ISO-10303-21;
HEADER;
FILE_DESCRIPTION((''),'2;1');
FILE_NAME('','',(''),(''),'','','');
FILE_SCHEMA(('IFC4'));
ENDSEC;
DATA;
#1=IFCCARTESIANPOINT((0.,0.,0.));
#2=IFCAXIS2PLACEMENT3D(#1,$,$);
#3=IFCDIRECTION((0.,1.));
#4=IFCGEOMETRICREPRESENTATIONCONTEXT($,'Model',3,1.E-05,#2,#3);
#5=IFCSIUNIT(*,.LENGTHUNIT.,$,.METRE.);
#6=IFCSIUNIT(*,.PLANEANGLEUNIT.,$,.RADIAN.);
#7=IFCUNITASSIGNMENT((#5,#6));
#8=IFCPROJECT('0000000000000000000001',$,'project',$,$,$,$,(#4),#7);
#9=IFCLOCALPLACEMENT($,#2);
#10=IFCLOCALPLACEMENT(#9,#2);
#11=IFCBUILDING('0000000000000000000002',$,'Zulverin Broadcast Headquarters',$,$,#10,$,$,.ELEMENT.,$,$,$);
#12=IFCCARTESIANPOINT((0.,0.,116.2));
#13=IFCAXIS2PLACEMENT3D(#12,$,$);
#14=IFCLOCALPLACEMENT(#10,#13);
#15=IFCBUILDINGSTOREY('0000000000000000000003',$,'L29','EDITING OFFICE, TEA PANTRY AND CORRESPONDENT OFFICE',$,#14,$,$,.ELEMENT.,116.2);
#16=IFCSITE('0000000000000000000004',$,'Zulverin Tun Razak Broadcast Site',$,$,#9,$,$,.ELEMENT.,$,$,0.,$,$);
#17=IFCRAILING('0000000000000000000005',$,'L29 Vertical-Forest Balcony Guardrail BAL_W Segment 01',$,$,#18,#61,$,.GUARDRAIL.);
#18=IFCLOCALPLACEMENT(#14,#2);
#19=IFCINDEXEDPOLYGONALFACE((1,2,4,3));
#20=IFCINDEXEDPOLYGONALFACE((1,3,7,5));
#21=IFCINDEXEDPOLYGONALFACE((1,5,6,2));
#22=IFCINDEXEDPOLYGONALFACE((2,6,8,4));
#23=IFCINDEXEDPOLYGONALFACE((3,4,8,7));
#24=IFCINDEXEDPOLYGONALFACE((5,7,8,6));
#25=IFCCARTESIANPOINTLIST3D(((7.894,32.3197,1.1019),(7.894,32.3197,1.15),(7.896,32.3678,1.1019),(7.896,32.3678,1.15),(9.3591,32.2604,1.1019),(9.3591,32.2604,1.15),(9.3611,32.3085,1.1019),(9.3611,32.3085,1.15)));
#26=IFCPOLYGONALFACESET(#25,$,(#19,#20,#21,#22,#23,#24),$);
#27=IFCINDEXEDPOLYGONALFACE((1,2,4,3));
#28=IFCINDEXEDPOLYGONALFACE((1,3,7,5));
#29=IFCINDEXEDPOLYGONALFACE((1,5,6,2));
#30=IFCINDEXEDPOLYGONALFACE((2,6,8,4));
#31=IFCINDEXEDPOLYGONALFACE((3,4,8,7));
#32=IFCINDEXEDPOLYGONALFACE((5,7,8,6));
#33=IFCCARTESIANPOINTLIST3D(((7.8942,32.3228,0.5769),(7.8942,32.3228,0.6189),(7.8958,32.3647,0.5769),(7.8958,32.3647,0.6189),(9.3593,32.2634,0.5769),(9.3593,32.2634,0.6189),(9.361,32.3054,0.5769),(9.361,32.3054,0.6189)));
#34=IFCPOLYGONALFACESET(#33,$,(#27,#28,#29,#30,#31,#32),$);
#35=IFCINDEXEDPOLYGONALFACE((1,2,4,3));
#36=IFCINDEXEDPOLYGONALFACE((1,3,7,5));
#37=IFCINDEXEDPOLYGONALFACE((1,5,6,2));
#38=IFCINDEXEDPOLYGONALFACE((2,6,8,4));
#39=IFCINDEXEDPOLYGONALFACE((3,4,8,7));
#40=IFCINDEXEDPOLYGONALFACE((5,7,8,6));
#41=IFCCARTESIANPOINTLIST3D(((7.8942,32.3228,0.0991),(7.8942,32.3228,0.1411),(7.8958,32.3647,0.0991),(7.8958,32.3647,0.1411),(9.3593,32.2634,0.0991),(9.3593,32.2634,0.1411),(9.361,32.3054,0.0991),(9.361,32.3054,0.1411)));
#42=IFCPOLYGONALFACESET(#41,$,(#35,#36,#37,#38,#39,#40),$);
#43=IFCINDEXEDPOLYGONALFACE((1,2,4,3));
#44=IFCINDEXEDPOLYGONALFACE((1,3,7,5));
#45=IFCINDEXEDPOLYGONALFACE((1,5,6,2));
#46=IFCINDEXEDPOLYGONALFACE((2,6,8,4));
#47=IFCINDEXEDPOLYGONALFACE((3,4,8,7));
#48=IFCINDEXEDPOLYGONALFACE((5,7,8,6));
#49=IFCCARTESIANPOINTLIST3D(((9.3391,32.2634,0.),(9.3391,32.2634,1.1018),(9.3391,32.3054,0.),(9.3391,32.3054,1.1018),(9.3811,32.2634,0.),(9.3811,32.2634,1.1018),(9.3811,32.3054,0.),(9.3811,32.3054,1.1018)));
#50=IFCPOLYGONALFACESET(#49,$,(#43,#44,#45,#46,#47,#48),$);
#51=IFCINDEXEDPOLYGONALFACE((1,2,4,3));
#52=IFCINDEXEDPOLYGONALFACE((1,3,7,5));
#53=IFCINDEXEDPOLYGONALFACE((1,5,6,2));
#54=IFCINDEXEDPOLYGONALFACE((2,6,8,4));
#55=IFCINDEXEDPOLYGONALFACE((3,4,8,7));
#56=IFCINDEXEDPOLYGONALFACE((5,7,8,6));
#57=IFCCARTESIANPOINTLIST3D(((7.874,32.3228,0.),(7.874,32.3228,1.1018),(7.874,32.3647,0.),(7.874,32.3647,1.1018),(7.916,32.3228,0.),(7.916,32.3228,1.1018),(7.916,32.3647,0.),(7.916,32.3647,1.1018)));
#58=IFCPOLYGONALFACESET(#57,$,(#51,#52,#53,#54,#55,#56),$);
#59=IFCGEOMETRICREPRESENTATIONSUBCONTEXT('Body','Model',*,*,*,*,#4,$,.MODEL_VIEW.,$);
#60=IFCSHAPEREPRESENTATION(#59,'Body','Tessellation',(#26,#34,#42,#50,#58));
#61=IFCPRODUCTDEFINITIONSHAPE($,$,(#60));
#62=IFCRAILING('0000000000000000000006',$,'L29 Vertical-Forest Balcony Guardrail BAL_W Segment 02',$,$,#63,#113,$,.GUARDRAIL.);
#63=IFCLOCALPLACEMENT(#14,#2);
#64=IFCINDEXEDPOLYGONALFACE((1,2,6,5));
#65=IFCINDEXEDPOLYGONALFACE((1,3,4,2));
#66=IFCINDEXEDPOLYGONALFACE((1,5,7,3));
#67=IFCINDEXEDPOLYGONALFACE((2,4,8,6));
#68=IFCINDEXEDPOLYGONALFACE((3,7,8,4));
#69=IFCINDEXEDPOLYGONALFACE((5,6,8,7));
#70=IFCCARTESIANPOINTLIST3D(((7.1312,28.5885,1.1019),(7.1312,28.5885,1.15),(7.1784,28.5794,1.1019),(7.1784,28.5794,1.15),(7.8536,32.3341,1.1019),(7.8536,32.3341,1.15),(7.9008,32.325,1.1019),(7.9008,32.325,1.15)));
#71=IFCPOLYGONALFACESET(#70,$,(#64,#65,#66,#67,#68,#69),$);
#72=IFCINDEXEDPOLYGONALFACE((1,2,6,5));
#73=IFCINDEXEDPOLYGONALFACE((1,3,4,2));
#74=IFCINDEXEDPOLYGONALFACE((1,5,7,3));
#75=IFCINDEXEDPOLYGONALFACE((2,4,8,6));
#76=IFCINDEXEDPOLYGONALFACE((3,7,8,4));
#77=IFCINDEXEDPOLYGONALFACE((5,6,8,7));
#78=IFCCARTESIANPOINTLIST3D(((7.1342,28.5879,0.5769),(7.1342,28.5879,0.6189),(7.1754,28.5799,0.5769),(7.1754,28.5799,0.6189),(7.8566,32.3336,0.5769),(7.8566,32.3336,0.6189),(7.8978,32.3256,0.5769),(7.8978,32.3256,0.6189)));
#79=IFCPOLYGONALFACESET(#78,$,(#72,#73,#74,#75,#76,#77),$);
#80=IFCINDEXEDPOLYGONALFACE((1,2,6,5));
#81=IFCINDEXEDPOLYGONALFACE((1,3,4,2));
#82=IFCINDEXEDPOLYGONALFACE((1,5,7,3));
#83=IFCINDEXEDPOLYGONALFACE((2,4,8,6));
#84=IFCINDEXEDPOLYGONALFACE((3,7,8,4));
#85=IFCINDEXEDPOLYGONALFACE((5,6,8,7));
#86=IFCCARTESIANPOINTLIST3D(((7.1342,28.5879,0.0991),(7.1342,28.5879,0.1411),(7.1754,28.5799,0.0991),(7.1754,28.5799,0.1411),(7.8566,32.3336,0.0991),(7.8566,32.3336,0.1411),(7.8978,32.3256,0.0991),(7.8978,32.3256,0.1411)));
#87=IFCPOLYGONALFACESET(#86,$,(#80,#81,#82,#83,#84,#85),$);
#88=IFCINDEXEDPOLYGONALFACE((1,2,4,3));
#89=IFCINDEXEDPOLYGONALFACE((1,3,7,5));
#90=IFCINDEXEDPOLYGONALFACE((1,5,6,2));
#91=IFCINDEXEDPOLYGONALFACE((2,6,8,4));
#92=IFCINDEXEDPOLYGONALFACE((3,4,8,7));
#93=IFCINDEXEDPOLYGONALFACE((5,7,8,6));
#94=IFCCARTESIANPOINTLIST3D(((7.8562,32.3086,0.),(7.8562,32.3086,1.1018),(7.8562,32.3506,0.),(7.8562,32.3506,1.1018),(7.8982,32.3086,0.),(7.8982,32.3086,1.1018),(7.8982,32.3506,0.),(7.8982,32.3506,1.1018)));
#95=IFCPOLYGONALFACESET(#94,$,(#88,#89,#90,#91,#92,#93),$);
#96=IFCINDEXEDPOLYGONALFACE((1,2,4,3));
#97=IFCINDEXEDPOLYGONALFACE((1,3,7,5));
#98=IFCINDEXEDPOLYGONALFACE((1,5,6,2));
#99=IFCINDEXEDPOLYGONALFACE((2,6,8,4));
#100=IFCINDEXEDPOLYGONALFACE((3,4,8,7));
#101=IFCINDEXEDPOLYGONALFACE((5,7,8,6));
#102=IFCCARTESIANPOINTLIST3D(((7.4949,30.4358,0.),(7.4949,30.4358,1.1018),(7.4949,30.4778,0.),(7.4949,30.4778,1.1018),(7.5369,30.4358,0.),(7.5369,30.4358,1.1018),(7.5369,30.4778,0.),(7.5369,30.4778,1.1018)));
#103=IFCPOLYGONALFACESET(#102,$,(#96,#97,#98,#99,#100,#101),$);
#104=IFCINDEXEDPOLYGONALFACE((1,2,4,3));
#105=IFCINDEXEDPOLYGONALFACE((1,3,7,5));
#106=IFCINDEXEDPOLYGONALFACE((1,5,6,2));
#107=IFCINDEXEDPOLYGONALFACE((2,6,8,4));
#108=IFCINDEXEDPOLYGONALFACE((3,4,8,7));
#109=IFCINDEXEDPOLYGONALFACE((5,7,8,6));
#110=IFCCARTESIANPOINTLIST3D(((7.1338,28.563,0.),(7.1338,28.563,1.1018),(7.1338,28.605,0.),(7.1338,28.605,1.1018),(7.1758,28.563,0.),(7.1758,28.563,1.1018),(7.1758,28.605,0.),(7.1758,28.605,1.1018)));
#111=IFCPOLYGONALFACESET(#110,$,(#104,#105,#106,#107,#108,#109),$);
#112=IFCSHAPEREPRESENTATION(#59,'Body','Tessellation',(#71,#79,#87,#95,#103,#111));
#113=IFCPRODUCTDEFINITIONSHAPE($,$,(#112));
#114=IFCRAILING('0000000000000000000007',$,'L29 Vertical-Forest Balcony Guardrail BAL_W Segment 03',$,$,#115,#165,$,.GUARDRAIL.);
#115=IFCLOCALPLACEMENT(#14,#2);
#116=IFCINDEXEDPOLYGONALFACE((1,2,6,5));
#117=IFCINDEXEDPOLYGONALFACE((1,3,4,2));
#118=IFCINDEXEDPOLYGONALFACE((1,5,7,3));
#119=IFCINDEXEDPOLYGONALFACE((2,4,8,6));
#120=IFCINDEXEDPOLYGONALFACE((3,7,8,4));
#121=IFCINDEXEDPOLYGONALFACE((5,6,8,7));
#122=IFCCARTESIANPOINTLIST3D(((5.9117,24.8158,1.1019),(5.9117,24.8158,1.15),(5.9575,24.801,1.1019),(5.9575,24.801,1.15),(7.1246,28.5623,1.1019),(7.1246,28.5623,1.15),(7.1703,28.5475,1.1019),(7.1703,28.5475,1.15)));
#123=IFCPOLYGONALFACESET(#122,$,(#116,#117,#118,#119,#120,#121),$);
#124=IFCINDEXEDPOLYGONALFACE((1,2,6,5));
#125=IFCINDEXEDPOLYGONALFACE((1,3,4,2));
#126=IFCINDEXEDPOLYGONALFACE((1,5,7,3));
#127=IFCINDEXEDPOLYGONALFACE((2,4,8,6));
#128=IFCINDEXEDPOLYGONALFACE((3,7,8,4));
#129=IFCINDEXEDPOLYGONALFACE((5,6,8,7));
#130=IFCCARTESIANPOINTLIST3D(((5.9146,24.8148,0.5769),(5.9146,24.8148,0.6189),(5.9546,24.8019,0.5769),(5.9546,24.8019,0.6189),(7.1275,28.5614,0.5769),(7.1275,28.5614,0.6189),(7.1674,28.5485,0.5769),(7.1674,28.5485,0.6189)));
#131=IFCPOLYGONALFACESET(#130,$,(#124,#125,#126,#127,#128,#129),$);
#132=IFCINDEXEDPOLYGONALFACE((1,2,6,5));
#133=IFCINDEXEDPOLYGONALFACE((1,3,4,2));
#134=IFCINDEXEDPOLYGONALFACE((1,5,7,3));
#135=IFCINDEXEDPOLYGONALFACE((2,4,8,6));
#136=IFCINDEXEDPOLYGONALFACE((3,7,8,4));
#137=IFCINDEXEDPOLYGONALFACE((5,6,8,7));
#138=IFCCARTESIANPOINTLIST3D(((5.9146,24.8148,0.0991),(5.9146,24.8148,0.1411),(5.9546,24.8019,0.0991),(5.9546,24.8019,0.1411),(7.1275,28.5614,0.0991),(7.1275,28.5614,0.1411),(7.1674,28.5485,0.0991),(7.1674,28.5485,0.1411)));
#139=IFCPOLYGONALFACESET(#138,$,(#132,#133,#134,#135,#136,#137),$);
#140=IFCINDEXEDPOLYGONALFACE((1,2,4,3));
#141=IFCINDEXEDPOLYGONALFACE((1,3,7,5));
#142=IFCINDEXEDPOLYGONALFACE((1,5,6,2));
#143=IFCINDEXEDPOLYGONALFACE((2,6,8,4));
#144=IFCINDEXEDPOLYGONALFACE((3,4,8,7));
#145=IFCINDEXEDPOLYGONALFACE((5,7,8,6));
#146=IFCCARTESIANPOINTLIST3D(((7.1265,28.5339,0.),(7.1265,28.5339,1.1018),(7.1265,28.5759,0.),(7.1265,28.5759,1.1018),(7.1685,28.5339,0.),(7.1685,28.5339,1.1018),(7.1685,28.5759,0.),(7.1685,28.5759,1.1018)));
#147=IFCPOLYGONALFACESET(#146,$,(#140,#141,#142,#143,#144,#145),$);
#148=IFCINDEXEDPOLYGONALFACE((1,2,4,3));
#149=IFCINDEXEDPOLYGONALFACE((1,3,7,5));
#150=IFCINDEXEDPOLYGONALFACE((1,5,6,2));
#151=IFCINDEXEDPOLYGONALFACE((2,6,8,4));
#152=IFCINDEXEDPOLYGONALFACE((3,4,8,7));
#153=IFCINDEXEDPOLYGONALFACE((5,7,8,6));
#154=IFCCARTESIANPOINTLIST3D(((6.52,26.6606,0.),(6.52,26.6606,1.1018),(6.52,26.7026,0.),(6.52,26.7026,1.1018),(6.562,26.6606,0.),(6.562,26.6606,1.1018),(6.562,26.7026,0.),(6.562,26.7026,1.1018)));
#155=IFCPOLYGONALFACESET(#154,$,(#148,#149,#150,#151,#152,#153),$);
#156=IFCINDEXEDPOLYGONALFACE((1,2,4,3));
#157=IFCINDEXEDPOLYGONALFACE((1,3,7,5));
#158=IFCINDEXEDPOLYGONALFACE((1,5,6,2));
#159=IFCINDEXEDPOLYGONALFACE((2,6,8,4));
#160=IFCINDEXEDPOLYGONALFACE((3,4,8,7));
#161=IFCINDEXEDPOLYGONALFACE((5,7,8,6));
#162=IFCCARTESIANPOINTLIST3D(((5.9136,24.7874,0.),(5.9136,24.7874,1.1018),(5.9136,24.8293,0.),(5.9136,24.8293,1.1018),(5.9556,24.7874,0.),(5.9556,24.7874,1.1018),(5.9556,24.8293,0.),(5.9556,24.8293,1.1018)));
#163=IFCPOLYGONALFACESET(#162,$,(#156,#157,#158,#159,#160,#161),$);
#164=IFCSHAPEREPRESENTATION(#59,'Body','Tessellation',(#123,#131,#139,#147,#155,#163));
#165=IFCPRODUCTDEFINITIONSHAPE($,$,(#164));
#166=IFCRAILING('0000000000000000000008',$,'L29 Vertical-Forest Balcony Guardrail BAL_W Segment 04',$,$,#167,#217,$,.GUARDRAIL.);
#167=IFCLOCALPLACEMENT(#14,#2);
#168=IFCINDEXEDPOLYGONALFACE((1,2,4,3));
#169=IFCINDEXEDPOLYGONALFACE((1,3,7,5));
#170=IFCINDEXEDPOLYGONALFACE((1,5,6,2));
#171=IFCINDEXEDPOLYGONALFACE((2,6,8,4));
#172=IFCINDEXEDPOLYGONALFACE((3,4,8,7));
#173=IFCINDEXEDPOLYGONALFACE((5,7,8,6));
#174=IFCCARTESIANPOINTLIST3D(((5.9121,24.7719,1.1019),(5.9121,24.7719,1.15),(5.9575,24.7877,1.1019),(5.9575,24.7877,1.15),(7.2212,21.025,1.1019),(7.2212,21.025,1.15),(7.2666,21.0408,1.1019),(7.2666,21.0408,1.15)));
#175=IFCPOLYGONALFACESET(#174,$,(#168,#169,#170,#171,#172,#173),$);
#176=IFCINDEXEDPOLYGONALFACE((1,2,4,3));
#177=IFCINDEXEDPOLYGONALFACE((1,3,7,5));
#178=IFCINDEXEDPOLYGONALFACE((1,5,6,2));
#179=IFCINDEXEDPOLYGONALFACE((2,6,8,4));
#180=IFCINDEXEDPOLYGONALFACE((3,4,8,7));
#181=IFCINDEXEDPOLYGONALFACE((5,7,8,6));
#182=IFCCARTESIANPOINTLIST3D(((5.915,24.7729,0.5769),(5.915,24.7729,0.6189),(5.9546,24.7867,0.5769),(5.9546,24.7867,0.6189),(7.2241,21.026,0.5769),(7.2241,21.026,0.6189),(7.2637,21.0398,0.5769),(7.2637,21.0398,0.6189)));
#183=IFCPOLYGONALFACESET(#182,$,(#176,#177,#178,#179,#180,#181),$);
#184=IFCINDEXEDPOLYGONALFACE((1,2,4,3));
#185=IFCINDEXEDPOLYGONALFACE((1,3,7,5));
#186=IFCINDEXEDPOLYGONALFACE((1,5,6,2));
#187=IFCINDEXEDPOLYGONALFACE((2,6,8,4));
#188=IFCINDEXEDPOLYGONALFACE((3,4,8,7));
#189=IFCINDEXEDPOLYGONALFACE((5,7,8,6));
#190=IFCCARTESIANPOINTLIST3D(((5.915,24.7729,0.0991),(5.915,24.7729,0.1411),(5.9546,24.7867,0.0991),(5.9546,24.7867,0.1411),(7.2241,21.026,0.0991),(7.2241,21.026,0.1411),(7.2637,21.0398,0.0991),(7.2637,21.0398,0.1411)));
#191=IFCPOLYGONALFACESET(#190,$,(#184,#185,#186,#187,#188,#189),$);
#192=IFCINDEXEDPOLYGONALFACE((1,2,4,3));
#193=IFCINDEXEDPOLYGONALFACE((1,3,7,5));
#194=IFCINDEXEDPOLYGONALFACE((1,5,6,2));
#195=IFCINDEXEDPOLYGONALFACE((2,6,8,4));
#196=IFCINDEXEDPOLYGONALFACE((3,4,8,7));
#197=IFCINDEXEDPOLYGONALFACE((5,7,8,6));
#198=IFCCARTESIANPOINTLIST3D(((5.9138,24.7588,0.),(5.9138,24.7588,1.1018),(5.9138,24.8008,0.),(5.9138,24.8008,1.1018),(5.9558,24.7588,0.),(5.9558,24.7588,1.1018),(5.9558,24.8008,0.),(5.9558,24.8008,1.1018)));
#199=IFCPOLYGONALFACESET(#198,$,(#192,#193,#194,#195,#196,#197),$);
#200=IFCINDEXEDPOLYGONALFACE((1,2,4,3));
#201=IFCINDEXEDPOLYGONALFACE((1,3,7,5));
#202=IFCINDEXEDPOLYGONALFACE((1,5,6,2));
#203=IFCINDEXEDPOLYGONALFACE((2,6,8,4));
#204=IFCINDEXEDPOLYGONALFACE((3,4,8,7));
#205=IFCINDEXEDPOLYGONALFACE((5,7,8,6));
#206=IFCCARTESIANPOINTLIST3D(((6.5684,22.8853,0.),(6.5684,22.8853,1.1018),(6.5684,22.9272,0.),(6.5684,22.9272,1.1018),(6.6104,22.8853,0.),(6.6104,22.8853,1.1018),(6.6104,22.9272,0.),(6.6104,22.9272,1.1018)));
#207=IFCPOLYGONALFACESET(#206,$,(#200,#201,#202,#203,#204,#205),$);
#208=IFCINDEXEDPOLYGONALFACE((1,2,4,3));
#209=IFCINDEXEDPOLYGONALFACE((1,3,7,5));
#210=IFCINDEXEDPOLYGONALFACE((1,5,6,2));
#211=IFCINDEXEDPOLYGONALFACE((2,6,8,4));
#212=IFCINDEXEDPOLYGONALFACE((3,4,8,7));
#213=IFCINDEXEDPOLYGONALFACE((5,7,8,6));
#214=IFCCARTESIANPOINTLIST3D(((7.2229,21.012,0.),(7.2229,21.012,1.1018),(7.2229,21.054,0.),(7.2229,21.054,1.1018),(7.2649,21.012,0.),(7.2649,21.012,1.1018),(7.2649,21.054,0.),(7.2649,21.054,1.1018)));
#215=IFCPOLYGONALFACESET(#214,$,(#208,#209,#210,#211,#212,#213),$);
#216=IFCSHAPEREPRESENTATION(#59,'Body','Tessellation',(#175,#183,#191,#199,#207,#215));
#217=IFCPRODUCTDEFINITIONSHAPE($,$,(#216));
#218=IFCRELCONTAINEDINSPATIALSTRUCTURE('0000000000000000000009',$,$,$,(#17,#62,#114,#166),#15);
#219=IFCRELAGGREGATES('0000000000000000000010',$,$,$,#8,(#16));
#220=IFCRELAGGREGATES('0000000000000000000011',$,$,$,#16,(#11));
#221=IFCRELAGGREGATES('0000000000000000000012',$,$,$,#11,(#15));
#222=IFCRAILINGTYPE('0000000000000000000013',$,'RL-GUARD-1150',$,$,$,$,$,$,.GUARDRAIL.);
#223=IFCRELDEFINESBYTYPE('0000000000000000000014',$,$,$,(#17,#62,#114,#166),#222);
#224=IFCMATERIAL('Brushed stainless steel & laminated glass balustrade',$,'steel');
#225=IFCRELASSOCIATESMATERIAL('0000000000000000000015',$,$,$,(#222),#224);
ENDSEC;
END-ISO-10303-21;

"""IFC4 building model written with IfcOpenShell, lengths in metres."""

from ifc_helpers import new_model, si_unit, direction, frame, origin, origin_2d, place, context, subcontext, project, spatial, rectangle, extrude, material, type_object, element, save


model = new_model("IFC4")

# Units and contexts
model_context = context("Model", 3, precision=1e-05, world=origin(), true_north=direction((0.0, 1.0)))
body_context = subcontext(model_context, "Body", "Model", "MODEL_VIEW")
ifc_project = project(units=[si_unit("LENGTHUNIT", "METRE"), si_unit("PLANEANGLEUNIT", "RADIAN")], contexts=[model_context])

# Site, building, storey
site_placement = place(None, origin())
site = spatial("IfcSite", under=ifc_project, at=site_placement, Name="Zulverin Tun Razak Broadcast Site", CompositionType="ELEMENT", RefElevation=0.0)
building_placement = place(site_placement, origin())
building = spatial("IfcBuilding", under=site, at=building_placement, Name="Zulverin Broadcast Headquarters", CompositionType="ELEMENT")
storey_placement = place(building_placement, frame((0.0, 0.0, 116.2)))
storey = spatial("IfcBuildingStorey", under=building, at=storey_placement, Name="L29", Description="EDITING OFFICE, TEA PANTRY AND CORRESPONDENT OFFICE", CompositionType="ELEMENT", Elevation=116.2)

# Railings
ifc_material_1 = material(Name="Brushed stainless steel & laminated glass balustrade", Category="steel")
railing_type = type_object("IfcRailingType", Name="RL-GUARD-1150", PredefinedType="GUARDRAIL", material=ifc_material_1)
railing_1_placement = place(storey_placement, frame((9.3601, 32.2844, 0.0)))
element("IfcRailing", 1, at=railing_1_placement, inside=storey, type_object=railing_type, Name="L29 Vertical-Forest Balcony Guardrail BAL_W Segment 01", PredefinedType="GUARDRAIL", context=body_context, shape_type="SweptSolid", body=[
    extrude(rectangle(XDim=0.0481, YDim=0.0481, at=origin_2d()), frame((0.0, 0.0, 1.126), z_axis=(-0.999181, 0.04046, 0.0), x_axis=(-0.04046, -0.999181, 0.0)), (0.0, 0.0, 1.0), 1.4663),
    extrude(rectangle(XDim=0.042, YDim=0.042, at=origin_2d()), frame((0.0, 0.0, 0.5979), z_axis=(-0.999181, 0.04046, 0.0), x_axis=(-0.04046, -0.999181, 0.0)), (0.0, 0.0, 1.0), 1.4663),
    extrude(rectangle(XDim=0.042, YDim=0.042, at=origin_2d()), frame((0.0, 0.0, 0.1201), z_axis=(-0.999181, 0.04046, 0.0), x_axis=(-0.04046, -0.999181, 0.0)), (0.0, 0.0, 1.0), 1.4663),
    extrude(rectangle(XDim=0.042, YDim=0.042, at=origin_2d()), origin(), (0.0, 0.0, 1.0), 1.1018),
    extrude(rectangle(XDim=0.042, YDim=0.042, at=origin_2d()), frame((-1.4651, 0.0593, 0.0)), (0.0, 0.0, 1.0), 1.1018),
])
railing_2_placement = place(storey_placement, frame((7.8772, 32.3296, 0.0)))
element("IfcRailing", 2, at=railing_2_placement, inside=storey, type_object=railing_type, Name="L29 Vertical-Forest Balcony Guardrail BAL_W Segment 02", PredefinedType="GUARDRAIL", context=body_context, shape_type="SweptSolid", body=[
    extrude(rectangle(XDim=0.0481, YDim=0.0481, at=origin_2d()), frame((0.0, 0.0, 1.126), z_axis=(-0.189379, -0.981904, 0.0), x_axis=(0.981904, -0.189379, 0.0)), (0.0, 0.0, 1.0), 3.8147),
    extrude(rectangle(XDim=0.042, YDim=0.042, at=origin_2d()), frame((0.0, 0.0, 0.5979), z_axis=(-0.189379, -0.981904, 0.0), x_axis=(0.981904, -0.189379, 0.0)), (0.0, 0.0, 1.0), 3.8147),
    extrude(rectangle(XDim=0.042, YDim=0.042, at=origin_2d()), frame((0.0, 0.0, 0.1201), z_axis=(-0.189379, -0.981904, 0.0), x_axis=(0.981904, -0.189379, 0.0)), (0.0, 0.0, 1.0), 3.8147),
    extrude(rectangle(XDim=0.042, YDim=0.042, at=origin_2d()), origin(), (0.0, 0.0, 1.0), 1.1018),
    extrude(rectangle(XDim=0.042, YDim=0.042, at=origin_2d()), frame((-0.3613, -1.8728, 0.0)), (0.0, 0.0, 1.0), 1.1018),
    extrude(rectangle(XDim=0.042, YDim=0.042, at=origin_2d()), frame((-0.7224, -3.7456, 0.0)), (0.0, 0.0, 1.0), 1.1018),
])
railing_3_placement = place(storey_placement, frame((7.1475, 28.5549, 0.0)))
element("IfcRailing", 3, at=railing_3_placement, inside=storey, type_object=railing_type, Name="L29 Vertical-Forest Balcony Guardrail BAL_W Segment 03", PredefinedType="GUARDRAIL", context=body_context, shape_type="SweptSolid", body=[
    extrude(rectangle(XDim=0.0481, YDim=0.0481, at=origin_2d()), frame((0.0, 0.0, 1.126), z_axis=(-0.307995, -0.951388, 0.0), x_axis=(0.951388, -0.307995, 0.0)), (0.0, 0.0, 1.0), 3.938),
    extrude(rectangle(XDim=0.042, YDim=0.042, at=origin_2d()), frame((0.0, 0.0, 0.5979), z_axis=(-0.307995, -0.951388, 0.0), x_axis=(0.951388, -0.307995, 0.0)), (0.0, 0.0, 1.0), 3.938),
    extrude(rectangle(XDim=0.042, YDim=0.042, at=origin_2d()), frame((0.0, 0.0, 0.1201), z_axis=(-0.307995, -0.951388, 0.0), x_axis=(0.951388, -0.307995, 0.0)), (0.0, 0.0, 1.0), 3.938),
    extrude(rectangle(XDim=0.042, YDim=0.042, at=origin_2d()), origin(), (0.0, 0.0, 1.0), 1.1018),
    extrude(rectangle(XDim=0.042, YDim=0.042, at=origin_2d()), frame((-0.6064, -1.8733, 0.0)), (0.0, 0.0, 1.0), 1.1018),
    extrude(rectangle(XDim=0.042, YDim=0.042, at=origin_2d()), frame((-1.2129, -3.7466, 0.0)), (0.0, 0.0, 1.0), 1.1018),
])
railing_4_placement = place(storey_placement, frame((5.9348, 24.7798, 0.0)))
element("IfcRailing", 4, at=railing_4_placement, inside=storey, type_object=railing_type, Name="L29 Vertical-Forest Balcony Guardrail BAL_W Segment 04", PredefinedType="GUARDRAIL", context=body_context, shape_type="SweptSolid", body=[
    extrude(rectangle(XDim=0.0481, YDim=0.0481, at=origin_2d()), frame((0.0, 0.0, 1.126), z_axis=(0.329833, -0.944039, 0.0), x_axis=(0.944039, 0.329833, 0.0)), (0.0, 0.0, 1.0), 3.969),
    extrude(rectangle(XDim=0.042, YDim=0.042, at=origin_2d()), frame((0.0, 0.0, 0.5979), z_axis=(0.329833, -0.944039, 0.0), x_axis=(0.944039, 0.329833, 0.0)), (0.0, 0.0, 1.0), 3.969),
    extrude(rectangle(XDim=0.042, YDim=0.042, at=origin_2d()), frame((0.0, 0.0, 0.1201), z_axis=(0.329833, -0.944039, 0.0), x_axis=(0.944039, 0.329833, 0.0)), (0.0, 0.0, 1.0), 3.969),
    extrude(rectangle(XDim=0.042, YDim=0.042, at=origin_2d()), origin(), (0.0, 0.0, 1.0), 1.1018),
    extrude(rectangle(XDim=0.042, YDim=0.042, at=origin_2d()), frame((0.6545, -1.8735, 0.0)), (0.0, 0.0, 1.0), 1.1018),
    extrude(rectangle(XDim=0.042, YDim=0.042, at=origin_2d()), frame((1.3091, -3.7468, 0.0)), (0.0, 0.0, 1.0), 1.1018),
])

save(model, "model.ifc")
